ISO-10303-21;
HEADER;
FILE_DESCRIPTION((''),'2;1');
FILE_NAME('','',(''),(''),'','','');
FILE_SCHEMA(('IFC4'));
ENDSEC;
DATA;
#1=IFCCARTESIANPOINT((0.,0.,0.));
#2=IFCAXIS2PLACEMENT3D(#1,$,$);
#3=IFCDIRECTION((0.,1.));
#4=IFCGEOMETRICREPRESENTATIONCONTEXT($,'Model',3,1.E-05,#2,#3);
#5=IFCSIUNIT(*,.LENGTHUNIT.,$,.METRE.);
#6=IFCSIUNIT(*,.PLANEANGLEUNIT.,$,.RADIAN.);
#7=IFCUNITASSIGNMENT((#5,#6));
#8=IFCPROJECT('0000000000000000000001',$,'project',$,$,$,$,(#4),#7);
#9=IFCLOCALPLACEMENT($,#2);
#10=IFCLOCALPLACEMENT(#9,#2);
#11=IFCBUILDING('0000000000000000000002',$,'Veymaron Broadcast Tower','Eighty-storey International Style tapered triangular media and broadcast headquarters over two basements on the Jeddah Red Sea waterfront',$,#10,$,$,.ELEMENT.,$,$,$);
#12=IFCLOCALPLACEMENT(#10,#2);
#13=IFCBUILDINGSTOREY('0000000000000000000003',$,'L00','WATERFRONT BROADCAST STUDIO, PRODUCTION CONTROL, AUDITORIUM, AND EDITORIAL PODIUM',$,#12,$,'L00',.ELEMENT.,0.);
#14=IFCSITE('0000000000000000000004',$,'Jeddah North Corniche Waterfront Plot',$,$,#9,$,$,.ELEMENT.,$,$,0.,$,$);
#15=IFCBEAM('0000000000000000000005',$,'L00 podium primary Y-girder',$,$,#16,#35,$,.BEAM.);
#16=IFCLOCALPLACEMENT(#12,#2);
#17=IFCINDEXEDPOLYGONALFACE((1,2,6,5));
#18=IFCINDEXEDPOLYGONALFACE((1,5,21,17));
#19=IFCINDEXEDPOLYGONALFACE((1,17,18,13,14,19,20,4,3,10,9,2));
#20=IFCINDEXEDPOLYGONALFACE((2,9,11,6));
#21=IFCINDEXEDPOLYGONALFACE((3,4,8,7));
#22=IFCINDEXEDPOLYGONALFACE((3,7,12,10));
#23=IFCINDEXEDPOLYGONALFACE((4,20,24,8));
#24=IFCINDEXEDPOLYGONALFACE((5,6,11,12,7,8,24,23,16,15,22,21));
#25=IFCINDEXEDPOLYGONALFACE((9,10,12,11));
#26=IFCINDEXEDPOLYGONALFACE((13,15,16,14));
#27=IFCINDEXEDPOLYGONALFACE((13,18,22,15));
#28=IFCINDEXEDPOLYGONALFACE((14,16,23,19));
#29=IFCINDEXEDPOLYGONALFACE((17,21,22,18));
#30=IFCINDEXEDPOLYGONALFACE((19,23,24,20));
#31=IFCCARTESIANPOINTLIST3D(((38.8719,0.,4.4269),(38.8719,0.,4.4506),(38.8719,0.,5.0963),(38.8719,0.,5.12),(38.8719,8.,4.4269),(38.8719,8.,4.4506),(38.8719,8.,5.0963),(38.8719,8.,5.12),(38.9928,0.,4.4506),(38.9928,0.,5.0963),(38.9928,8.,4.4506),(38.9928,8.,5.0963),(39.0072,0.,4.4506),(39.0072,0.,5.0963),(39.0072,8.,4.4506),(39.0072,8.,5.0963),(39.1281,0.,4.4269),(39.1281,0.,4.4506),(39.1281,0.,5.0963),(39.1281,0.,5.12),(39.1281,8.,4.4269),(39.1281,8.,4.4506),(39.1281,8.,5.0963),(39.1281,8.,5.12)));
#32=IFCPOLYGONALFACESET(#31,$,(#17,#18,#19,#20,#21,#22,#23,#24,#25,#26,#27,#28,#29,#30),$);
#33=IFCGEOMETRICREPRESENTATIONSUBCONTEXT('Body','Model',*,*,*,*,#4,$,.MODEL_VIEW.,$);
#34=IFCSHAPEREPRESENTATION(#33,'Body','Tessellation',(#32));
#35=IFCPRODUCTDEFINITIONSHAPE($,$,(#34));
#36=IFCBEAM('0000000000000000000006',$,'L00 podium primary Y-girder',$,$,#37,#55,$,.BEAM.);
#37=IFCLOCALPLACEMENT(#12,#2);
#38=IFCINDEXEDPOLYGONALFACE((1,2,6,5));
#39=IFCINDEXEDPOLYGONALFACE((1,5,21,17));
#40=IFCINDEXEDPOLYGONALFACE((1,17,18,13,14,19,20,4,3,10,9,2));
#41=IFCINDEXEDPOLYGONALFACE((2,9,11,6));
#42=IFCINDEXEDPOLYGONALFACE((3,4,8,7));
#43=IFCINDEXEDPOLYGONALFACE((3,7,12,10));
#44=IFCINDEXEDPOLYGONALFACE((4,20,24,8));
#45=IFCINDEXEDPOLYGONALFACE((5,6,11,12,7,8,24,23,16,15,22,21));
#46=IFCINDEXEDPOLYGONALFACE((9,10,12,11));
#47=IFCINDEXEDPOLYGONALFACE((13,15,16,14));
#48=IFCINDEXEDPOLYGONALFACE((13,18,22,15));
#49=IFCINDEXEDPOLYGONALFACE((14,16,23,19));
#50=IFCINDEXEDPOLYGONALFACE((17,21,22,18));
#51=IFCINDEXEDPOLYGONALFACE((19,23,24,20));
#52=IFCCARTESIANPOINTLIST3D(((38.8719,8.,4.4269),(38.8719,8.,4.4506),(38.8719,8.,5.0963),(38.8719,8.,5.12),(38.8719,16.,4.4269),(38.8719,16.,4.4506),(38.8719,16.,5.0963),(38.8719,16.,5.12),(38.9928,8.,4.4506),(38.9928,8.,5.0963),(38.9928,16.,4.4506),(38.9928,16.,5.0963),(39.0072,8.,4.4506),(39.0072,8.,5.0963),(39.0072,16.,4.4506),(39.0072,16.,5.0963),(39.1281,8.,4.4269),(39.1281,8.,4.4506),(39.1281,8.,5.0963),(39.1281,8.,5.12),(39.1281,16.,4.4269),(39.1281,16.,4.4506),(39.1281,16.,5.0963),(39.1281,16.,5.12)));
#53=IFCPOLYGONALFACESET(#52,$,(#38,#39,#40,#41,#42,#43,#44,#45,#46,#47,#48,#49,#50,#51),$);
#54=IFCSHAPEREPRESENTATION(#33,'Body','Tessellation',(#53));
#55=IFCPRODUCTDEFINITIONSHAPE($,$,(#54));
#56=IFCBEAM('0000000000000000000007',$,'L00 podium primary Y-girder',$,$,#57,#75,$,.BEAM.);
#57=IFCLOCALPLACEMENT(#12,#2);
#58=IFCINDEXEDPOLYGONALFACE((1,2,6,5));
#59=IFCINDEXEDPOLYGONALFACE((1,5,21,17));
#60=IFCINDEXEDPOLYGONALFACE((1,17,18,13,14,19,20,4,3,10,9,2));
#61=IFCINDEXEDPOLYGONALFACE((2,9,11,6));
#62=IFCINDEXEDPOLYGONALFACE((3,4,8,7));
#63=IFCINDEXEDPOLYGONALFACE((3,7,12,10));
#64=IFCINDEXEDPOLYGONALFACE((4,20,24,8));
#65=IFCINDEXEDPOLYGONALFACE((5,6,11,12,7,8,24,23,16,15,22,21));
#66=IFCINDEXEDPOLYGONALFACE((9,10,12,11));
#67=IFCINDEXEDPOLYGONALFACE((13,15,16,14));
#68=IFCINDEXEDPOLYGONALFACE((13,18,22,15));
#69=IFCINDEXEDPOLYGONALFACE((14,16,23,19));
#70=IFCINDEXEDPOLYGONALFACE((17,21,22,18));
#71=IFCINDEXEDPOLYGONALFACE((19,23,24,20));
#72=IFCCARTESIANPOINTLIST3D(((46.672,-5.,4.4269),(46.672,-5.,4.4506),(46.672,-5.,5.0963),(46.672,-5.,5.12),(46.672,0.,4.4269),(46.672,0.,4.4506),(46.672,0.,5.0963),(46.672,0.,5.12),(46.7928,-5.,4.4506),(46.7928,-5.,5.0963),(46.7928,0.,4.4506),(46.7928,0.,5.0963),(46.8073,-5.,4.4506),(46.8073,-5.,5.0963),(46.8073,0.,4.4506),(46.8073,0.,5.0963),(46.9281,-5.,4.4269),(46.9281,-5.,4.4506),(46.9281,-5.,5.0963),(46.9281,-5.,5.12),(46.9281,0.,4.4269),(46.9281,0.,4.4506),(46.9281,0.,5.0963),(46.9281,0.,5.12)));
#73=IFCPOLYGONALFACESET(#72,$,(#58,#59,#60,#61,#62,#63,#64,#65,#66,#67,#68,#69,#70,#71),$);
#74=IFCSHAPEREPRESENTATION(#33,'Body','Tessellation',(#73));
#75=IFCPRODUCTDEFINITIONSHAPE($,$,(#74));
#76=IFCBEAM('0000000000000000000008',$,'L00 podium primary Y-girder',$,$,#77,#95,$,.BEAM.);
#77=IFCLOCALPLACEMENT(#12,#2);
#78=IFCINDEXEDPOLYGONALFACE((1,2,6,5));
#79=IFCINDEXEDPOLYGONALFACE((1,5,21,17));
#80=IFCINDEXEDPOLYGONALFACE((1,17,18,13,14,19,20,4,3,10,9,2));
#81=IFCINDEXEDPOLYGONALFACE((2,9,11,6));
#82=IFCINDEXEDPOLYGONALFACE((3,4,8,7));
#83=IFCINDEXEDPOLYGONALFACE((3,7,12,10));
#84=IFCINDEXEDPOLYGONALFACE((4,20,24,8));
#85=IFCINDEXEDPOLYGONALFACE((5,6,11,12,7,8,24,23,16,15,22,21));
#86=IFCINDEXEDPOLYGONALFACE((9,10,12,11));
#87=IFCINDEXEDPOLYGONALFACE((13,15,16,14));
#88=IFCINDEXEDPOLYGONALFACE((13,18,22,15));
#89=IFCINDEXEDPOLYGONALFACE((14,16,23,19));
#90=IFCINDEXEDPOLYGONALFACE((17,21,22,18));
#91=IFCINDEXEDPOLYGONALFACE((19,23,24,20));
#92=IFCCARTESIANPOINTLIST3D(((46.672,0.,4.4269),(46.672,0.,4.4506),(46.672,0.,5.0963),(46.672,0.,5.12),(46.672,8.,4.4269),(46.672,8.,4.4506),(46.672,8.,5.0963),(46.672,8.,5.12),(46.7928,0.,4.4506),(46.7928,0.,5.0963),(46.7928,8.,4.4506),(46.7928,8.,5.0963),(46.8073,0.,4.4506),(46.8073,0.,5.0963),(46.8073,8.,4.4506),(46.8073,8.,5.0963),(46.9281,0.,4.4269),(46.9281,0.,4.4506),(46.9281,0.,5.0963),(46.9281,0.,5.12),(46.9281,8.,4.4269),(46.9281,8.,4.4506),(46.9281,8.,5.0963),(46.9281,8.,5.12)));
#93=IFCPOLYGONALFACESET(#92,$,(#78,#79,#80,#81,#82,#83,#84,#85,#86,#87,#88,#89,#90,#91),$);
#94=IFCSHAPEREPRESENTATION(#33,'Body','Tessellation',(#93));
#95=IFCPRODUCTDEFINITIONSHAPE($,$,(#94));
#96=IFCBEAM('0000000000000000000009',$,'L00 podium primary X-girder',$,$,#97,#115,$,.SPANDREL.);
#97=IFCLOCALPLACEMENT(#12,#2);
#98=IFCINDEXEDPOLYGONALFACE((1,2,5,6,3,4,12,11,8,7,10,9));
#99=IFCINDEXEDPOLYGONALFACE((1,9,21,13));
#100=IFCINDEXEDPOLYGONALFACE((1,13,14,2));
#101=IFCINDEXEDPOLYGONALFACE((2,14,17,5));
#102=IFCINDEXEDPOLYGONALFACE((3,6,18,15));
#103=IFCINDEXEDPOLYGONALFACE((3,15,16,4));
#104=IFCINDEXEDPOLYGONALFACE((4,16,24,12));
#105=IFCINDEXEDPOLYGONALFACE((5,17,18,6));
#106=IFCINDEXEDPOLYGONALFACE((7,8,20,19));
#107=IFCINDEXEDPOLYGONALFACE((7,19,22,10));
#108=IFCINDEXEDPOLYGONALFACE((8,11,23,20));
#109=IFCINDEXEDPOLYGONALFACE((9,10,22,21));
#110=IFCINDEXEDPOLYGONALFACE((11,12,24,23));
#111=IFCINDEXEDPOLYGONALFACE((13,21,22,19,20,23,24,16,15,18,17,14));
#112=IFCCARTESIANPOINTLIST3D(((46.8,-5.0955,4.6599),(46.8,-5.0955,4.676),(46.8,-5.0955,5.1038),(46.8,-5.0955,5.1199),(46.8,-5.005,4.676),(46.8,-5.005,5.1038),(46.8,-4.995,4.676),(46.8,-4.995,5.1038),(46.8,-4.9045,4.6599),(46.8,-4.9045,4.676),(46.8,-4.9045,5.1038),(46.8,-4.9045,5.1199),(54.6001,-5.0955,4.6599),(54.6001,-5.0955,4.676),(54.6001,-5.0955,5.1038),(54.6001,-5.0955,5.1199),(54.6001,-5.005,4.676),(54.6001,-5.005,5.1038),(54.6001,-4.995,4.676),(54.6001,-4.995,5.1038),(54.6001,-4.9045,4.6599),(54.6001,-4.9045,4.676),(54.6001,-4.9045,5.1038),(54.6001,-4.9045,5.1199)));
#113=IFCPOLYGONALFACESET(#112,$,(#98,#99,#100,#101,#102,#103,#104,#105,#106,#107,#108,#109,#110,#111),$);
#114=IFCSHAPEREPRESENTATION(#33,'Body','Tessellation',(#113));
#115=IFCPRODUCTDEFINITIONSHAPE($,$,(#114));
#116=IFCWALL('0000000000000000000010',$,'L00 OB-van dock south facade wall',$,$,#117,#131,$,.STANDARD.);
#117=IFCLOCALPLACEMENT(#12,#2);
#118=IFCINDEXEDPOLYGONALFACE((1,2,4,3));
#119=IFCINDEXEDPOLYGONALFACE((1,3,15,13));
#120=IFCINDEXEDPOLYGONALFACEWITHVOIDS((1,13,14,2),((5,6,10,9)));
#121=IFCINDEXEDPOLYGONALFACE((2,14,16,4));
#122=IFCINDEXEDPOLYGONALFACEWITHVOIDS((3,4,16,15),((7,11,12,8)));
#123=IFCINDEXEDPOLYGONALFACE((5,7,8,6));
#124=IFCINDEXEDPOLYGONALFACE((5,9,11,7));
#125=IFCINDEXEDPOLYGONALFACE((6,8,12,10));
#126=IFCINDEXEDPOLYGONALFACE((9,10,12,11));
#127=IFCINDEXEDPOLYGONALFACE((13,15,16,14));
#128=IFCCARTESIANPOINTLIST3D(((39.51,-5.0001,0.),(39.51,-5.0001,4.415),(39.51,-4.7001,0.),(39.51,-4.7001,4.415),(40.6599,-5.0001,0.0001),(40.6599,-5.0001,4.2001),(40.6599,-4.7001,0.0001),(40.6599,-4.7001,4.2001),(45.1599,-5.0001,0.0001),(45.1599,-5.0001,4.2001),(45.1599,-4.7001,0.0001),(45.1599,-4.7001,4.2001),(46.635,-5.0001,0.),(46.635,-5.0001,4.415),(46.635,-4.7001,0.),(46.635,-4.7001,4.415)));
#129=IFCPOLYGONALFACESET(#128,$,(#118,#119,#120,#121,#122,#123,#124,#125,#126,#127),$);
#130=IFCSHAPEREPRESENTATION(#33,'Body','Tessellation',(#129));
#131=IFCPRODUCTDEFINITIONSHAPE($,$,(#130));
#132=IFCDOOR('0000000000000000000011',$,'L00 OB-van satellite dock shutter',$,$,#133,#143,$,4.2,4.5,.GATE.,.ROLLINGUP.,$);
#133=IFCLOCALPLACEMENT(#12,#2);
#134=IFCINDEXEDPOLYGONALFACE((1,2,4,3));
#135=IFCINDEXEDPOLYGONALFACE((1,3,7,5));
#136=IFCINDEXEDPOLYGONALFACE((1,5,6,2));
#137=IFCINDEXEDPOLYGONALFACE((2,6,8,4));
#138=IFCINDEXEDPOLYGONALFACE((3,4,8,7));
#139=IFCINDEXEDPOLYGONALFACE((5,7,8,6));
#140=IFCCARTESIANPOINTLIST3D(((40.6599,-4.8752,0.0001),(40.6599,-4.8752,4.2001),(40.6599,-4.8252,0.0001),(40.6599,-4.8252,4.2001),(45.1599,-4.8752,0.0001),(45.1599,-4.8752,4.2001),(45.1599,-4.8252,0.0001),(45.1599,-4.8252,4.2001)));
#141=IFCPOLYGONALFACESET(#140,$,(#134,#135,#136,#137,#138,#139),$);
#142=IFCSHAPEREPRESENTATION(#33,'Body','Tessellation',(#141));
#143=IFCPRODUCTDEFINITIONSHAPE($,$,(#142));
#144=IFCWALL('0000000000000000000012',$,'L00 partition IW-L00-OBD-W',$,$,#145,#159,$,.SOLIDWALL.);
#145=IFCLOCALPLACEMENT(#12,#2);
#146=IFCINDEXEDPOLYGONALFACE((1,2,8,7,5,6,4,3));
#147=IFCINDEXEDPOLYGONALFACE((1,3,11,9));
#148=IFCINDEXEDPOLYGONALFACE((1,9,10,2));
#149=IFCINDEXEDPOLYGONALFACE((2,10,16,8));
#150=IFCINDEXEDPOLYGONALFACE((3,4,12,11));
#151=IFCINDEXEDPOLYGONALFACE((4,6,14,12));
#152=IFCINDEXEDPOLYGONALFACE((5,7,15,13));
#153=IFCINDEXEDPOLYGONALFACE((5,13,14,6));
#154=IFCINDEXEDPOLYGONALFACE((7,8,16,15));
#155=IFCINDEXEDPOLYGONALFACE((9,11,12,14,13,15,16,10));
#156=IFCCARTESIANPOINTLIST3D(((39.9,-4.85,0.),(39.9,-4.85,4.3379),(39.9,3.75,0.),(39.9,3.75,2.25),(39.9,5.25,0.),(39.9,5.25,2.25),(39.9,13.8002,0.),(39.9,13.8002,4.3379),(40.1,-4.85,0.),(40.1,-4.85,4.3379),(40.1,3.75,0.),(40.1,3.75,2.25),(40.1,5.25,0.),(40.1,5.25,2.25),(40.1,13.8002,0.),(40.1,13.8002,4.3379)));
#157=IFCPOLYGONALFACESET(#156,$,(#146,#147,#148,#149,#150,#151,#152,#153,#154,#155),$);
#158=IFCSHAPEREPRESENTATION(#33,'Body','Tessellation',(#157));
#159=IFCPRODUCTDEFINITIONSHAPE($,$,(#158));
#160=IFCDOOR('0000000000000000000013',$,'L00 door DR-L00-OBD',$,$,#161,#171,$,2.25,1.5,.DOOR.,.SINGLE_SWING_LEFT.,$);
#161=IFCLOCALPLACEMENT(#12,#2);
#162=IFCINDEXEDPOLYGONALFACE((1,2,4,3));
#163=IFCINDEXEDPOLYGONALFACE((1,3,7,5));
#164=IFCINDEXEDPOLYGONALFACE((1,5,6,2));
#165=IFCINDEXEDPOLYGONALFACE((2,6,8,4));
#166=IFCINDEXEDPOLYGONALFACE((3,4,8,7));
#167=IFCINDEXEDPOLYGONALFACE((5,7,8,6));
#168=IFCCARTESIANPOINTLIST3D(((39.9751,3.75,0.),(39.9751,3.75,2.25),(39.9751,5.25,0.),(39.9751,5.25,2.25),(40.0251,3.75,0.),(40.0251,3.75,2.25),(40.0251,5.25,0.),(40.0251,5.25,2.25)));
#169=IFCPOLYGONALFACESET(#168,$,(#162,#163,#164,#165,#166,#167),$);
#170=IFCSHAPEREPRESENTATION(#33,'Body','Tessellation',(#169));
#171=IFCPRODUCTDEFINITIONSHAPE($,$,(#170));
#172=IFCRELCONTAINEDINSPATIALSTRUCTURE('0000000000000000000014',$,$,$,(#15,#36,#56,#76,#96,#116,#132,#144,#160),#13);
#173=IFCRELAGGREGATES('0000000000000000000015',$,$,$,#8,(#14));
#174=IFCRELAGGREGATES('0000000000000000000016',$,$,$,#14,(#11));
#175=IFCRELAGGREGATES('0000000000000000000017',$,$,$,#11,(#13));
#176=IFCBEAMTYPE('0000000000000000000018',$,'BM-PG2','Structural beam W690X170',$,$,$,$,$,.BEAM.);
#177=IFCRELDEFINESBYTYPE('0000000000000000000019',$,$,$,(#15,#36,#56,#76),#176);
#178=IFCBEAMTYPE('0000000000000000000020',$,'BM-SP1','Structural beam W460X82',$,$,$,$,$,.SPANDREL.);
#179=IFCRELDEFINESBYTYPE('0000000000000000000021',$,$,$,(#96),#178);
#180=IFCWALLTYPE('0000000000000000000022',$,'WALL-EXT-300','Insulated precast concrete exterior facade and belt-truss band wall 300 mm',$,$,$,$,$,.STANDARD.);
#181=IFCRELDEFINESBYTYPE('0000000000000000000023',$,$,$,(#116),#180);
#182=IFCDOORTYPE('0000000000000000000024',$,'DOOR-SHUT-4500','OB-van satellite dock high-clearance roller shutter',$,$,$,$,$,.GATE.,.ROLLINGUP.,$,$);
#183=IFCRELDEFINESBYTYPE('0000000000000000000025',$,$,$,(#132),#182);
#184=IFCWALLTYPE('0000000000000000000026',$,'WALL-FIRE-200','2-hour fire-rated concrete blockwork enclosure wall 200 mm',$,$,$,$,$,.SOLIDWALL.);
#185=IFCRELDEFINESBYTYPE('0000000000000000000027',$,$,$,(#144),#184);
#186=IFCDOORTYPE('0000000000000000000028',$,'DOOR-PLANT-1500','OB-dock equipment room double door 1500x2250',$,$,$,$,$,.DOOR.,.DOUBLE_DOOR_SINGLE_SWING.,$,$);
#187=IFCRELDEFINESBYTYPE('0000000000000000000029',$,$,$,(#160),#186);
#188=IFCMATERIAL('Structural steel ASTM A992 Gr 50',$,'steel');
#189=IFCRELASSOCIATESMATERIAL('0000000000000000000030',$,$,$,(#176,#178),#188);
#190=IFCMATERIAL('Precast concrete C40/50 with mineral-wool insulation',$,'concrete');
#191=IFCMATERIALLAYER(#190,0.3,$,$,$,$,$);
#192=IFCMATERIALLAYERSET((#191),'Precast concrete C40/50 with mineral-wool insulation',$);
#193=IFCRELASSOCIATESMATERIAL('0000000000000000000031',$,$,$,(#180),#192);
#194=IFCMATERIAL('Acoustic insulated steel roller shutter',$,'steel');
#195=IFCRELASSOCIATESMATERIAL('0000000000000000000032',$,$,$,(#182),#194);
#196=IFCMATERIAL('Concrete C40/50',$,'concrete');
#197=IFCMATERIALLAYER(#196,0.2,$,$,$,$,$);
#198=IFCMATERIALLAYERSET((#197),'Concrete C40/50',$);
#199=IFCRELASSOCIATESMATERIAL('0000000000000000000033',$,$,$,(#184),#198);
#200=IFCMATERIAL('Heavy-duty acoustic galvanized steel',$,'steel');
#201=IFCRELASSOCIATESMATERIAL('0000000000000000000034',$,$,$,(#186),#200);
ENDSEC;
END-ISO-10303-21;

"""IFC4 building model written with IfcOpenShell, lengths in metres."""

from ifc_helpers import new_model, si_unit, direction, frame, frame_2d, origin, origin_2d, place, context, subcontext, project, spatial, rectangle, i_section, extrude, material, layer, layer_set, material_profile, profile_set, type_object, element, fill, save


model = new_model("IFC4")

# Units and contexts
model_context = context("Model", 3, precision=1e-05, world=origin(), true_north=direction((0.0, 1.0)))
body_context = subcontext(model_context, "Body", "Model", "MODEL_VIEW")
ifc_project = project(units=[si_unit("LENGTHUNIT", "METRE"), si_unit("PLANEANGLEUNIT", "RADIAN")], contexts=[model_context])

# Site, building, storey
site_placement = place(None, origin())
site = spatial("IfcSite", under=ifc_project, at=site_placement, Name="Jeddah North Corniche Waterfront Plot", CompositionType="ELEMENT", RefElevation=0.0)
building_placement = place(site_placement, origin())
building = spatial("IfcBuilding", under=site, at=building_placement, Name="Veymaron Broadcast Tower", Description="Eighty-storey International Style tapered triangular media and broadcast headquarters over two basements on the Jeddah Red Sea waterfront", CompositionType="ELEMENT")
storey_placement = place(building_placement, origin())
storey = spatial("IfcBuildingStorey", under=building, at=storey_placement, Name="L00", Description="WATERFRONT BROADCAST STUDIO, PRODUCTION CONTROL, AUDITORIUM, AND EDITORIAL PODIUM", LongName="L00", CompositionType="ELEMENT", Elevation=0.0)

# Shared definitions
ifc_material_1 = material(Name="Structural steel ASTM A992 Gr 50", Category="steel")

# Beams
ifc_material_profile_1 = material_profile(ifc_material_1, i_section(OverallWidth=0.2561, OverallDepth=0.6931, WebThickness=0.0144, FlangeThickness=0.0237, at=origin_2d()), Name="W690X170")
ifc_profile_set_1 = profile_set([ifc_material_profile_1], Name="Structural steel ASTM A992 Gr 50")
beam_type_1 = type_object("IfcBeamType", Name="BM-PG2", Description="Structural beam W690X170", PredefinedType="BEAM", material=ifc_profile_set_1)
for number, where, z_axis, x_axis, name in (
    (1, (39.0, 0.0, 4.7734), (0.0, 1.0, 0.0), (-1.0, 0.0, 0.0), "L00 podium primary Y-girder"),
    (2, (39.0, 8.0, 4.7734), (0.0, 1.0, 0.0), (-1.0, 0.0, 0.0), "L00 podium primary Y-girder"),
):
    element("IfcBeam", number, at=place(storey_placement, frame(where, z_axis=z_axis, x_axis=x_axis)), inside=storey, type_object=beam_type_1, Name=name, PredefinedType="BEAM", context=body_context, shape_type="SweptSolid", body=[
        extrude(i_section(OverallWidth=0.2561, OverallDepth=0.6931, WebThickness=0.0144, FlangeThickness=0.0237, at=origin_2d()), origin(), (0.0, 0.0, 1.0), 8.0),
    ])
beam_1_placement = place(storey_placement, frame((46.8, -5.0, 4.7734), z_axis=(0.0, 1.0, 0.0), x_axis=(-1.0, 0.0, 0.0)))
element("IfcBeam", 3, at=beam_1_placement, inside=storey, type_object=beam_type_1, Name="L00 podium primary Y-girder", PredefinedType="BEAM", context=body_context, shape_type="SweptSolid", body=[
    extrude(i_section(OverallWidth=0.2561, OverallDepth=0.6931, WebThickness=0.0144, FlangeThickness=0.0237, at=origin_2d()), origin(), (0.0, 0.0, 1.0), 5.0),
])
beam_2_placement = place(storey_placement, frame((46.8, 0.0, 4.7734), z_axis=(0.0, 1.0, 0.0), x_axis=(-1.0, 0.0, 0.0)))
element("IfcBeam", 4, at=beam_2_placement, inside=storey, type_object=beam_type_1, Name="L00 podium primary Y-girder", PredefinedType="BEAM", context=body_context, shape_type="SweptSolid", body=[
    extrude(i_section(OverallWidth=0.2561, OverallDepth=0.6931, WebThickness=0.0144, FlangeThickness=0.0237, at=origin_2d()), origin(), (0.0, 0.0, 1.0), 8.0),
])
ifc_material_profile_2 = material_profile(ifc_material_1, i_section(OverallWidth=0.1909, OverallDepth=0.46, WebThickness=0.01, FlangeThickness=0.0161, at=origin_2d()), Name="W460X82")
ifc_profile_set_2 = profile_set([ifc_material_profile_2], Name="Structural steel ASTM A992 Gr 50")
beam_type_2 = type_object("IfcBeamType", Name="BM-SP1", Description="Structural beam W460X82", PredefinedType="SPANDREL", material=ifc_profile_set_2)
beam_3_placement = place(storey_placement, frame((46.8, -5.0, 4.8899), z_axis=(1.0, 0.0, 0.0), x_axis=(0.0, 1.0, 0.0)))
element("IfcBeam", 5, at=beam_3_placement, inside=storey, type_object=beam_type_2, Name="L00 podium primary X-girder", PredefinedType="SPANDREL", context=body_context, shape_type="SweptSolid", body=[
    extrude(i_section(OverallWidth=0.1909, OverallDepth=0.46, WebThickness=0.01, FlangeThickness=0.0161, at=origin_2d()), origin(), (0.0, 0.0, 1.0), 7.8),
])

# Walls, openings, doors
ifc_material_2 = material(Name="Precast concrete C40/50 with mineral-wool insulation", Category="concrete")
ifc_layer_1 = layer(ifc_material_2, 0.3)
ifc_layer_set_1 = layer_set([ifc_layer_1], Name="Precast concrete C40/50 with mineral-wool insulation")
wall_type_1 = type_object("IfcWallType", Name="WALL-EXT-300", Description="Insulated precast concrete exterior facade and belt-truss band wall 300 mm", PredefinedType="STANDARD", material=ifc_layer_set_1)
wall_1_placement = place(storey_placement, frame((39.51, -4.8501, 0.0), z_axis=(0.0, 0.0, 1.0), x_axis=(1.0, 0.0, 0.0)))
wall_1 = element("IfcWall", 6, at=wall_1_placement, inside=storey, type_object=wall_type_1, Name="L00 OB-van dock south facade wall", PredefinedType="STANDARD", context=body_context, shape_type="SweptSolid", body=[
    extrude(rectangle(XDim=7.125, YDim=0.3, at=frame_2d((3.5625, 0.0))), origin(), (0.0, 0.0, 1.0), 4.415),
])
opening_1_placement = place(wall_1_placement, frame((1.1499, 0.0, 0.0)))
opening_1 = element("IfcOpeningElement", 7, at=opening_1_placement, cuts=wall_1, PredefinedType="OPENING", context=body_context, shape_type="SweptSolid", body=[
    extrude(rectangle(XDim=4.5, YDim=4.2, at=frame_2d((2.25, 2.1001))), frame((0.0, 0.1602, 0.0), z_axis=(0.0, -1.0, 0.0), x_axis=(1.0, 0.0, 0.0)), (0.0, 0.0, 1.0), 0.3201),
])
ifc_material_3 = material(Name="Acoustic insulated steel roller shutter", Category="steel")
door_type_1 = type_object("IfcDoorType", Name="DOOR-SHUT-4500", Description="OB-van satellite dock high-clearance roller shutter", OperationType="ROLLINGUP", PredefinedType="GATE", material=ifc_material_3)
door_1_placement = place(opening_1_placement, origin())
door_1 = element("IfcDoor", 8, at=door_1_placement, inside=storey, type_object=door_type_1, Name="L00 OB-van satellite dock shutter", OperationType="ROLLINGUP", OverallHeight=4.2, OverallWidth=4.5, PredefinedType="GATE", context=body_context, shape_type="SweptSolid", body=[
    extrude(rectangle(XDim=4.5, YDim=4.2, at=frame_2d((2.25, 2.1001))), frame((0.0, 0.0249, 0.0), z_axis=(0.0, -1.0, 0.0), x_axis=(1.0, 0.0, 0.0)), (0.0, 0.0, 1.0), 0.05),
])
fill(opening_1, door_1)
ifc_material_4 = material(Name="Concrete C40/50", Category="concrete")
ifc_layer_2 = layer(ifc_material_4, 0.2)
ifc_layer_set_2 = layer_set([ifc_layer_2], Name="Concrete C40/50")
wall_type_2 = type_object("IfcWallType", Name="WALL-FIRE-200", Description="2-hour fire-rated concrete blockwork enclosure wall 200 mm", PredefinedType="SOLIDWALL", material=ifc_layer_set_2)
wall_2_placement = place(storey_placement, frame((40.0, -4.8501, 0.0), z_axis=(0.0, 0.0, 1.0), x_axis=(0.0, 1.0, 0.0)))
wall_2 = element("IfcWall", 9, at=wall_2_placement, inside=storey, type_object=wall_type_2, Name="L00 partition IW-L00-OBD-W", PredefinedType="SOLIDWALL", context=body_context, shape_type="SweptSolid", body=[
    extrude(rectangle(XDim=18.6501, YDim=0.2, at=frame_2d((9.3252, 0.0))), origin(), (0.0, 0.0, 1.0), 4.3379),
])
opening_2_placement = place(wall_2_placement, frame((8.6001, 0.0, 0.0)))
opening_2 = element("IfcOpeningElement", 10, at=opening_2_placement, cuts=wall_2, PredefinedType="OPENING", context=body_context, shape_type="SweptSolid", body=[
    extrude(rectangle(XDim=1.5, YDim=2.25, at=frame_2d((0.75, 1.125))), frame((0.0, 0.1099, 0.0), z_axis=(0.0, -1.0, 0.0), x_axis=(1.0, 0.0, 0.0)), (0.0, 0.0, 1.0), 0.22),
])
ifc_material_5 = material(Name="Heavy-duty acoustic galvanized steel", Category="steel")
door_type_2 = type_object("IfcDoorType", Name="DOOR-PLANT-1500", Description="OB-dock equipment room double door 1500x2250", OperationType="DOUBLE_DOOR_SINGLE_SWING", PredefinedType="DOOR", material=ifc_material_5)
door_2_placement = place(opening_2_placement, origin())
door_2 = element("IfcDoor", 11, at=door_2_placement, inside=storey, type_object=door_type_2, Name="L00 door DR-L00-OBD", OperationType="SINGLE_SWING_LEFT", OverallHeight=2.25, OverallWidth=1.5, PredefinedType="DOOR", context=body_context, shape_type="SweptSolid", body=[
    extrude(rectangle(XDim=1.5, YDim=2.25, at=frame_2d((0.75, 1.125))), frame((0.0, 0.0249, 0.0), z_axis=(0.0, -1.0, 0.0), x_axis=(1.0, 0.0, 0.0)), (0.0, 0.0, 1.0), 0.05),
])
fill(opening_2, door_2)

save(model, "model.ifc")
